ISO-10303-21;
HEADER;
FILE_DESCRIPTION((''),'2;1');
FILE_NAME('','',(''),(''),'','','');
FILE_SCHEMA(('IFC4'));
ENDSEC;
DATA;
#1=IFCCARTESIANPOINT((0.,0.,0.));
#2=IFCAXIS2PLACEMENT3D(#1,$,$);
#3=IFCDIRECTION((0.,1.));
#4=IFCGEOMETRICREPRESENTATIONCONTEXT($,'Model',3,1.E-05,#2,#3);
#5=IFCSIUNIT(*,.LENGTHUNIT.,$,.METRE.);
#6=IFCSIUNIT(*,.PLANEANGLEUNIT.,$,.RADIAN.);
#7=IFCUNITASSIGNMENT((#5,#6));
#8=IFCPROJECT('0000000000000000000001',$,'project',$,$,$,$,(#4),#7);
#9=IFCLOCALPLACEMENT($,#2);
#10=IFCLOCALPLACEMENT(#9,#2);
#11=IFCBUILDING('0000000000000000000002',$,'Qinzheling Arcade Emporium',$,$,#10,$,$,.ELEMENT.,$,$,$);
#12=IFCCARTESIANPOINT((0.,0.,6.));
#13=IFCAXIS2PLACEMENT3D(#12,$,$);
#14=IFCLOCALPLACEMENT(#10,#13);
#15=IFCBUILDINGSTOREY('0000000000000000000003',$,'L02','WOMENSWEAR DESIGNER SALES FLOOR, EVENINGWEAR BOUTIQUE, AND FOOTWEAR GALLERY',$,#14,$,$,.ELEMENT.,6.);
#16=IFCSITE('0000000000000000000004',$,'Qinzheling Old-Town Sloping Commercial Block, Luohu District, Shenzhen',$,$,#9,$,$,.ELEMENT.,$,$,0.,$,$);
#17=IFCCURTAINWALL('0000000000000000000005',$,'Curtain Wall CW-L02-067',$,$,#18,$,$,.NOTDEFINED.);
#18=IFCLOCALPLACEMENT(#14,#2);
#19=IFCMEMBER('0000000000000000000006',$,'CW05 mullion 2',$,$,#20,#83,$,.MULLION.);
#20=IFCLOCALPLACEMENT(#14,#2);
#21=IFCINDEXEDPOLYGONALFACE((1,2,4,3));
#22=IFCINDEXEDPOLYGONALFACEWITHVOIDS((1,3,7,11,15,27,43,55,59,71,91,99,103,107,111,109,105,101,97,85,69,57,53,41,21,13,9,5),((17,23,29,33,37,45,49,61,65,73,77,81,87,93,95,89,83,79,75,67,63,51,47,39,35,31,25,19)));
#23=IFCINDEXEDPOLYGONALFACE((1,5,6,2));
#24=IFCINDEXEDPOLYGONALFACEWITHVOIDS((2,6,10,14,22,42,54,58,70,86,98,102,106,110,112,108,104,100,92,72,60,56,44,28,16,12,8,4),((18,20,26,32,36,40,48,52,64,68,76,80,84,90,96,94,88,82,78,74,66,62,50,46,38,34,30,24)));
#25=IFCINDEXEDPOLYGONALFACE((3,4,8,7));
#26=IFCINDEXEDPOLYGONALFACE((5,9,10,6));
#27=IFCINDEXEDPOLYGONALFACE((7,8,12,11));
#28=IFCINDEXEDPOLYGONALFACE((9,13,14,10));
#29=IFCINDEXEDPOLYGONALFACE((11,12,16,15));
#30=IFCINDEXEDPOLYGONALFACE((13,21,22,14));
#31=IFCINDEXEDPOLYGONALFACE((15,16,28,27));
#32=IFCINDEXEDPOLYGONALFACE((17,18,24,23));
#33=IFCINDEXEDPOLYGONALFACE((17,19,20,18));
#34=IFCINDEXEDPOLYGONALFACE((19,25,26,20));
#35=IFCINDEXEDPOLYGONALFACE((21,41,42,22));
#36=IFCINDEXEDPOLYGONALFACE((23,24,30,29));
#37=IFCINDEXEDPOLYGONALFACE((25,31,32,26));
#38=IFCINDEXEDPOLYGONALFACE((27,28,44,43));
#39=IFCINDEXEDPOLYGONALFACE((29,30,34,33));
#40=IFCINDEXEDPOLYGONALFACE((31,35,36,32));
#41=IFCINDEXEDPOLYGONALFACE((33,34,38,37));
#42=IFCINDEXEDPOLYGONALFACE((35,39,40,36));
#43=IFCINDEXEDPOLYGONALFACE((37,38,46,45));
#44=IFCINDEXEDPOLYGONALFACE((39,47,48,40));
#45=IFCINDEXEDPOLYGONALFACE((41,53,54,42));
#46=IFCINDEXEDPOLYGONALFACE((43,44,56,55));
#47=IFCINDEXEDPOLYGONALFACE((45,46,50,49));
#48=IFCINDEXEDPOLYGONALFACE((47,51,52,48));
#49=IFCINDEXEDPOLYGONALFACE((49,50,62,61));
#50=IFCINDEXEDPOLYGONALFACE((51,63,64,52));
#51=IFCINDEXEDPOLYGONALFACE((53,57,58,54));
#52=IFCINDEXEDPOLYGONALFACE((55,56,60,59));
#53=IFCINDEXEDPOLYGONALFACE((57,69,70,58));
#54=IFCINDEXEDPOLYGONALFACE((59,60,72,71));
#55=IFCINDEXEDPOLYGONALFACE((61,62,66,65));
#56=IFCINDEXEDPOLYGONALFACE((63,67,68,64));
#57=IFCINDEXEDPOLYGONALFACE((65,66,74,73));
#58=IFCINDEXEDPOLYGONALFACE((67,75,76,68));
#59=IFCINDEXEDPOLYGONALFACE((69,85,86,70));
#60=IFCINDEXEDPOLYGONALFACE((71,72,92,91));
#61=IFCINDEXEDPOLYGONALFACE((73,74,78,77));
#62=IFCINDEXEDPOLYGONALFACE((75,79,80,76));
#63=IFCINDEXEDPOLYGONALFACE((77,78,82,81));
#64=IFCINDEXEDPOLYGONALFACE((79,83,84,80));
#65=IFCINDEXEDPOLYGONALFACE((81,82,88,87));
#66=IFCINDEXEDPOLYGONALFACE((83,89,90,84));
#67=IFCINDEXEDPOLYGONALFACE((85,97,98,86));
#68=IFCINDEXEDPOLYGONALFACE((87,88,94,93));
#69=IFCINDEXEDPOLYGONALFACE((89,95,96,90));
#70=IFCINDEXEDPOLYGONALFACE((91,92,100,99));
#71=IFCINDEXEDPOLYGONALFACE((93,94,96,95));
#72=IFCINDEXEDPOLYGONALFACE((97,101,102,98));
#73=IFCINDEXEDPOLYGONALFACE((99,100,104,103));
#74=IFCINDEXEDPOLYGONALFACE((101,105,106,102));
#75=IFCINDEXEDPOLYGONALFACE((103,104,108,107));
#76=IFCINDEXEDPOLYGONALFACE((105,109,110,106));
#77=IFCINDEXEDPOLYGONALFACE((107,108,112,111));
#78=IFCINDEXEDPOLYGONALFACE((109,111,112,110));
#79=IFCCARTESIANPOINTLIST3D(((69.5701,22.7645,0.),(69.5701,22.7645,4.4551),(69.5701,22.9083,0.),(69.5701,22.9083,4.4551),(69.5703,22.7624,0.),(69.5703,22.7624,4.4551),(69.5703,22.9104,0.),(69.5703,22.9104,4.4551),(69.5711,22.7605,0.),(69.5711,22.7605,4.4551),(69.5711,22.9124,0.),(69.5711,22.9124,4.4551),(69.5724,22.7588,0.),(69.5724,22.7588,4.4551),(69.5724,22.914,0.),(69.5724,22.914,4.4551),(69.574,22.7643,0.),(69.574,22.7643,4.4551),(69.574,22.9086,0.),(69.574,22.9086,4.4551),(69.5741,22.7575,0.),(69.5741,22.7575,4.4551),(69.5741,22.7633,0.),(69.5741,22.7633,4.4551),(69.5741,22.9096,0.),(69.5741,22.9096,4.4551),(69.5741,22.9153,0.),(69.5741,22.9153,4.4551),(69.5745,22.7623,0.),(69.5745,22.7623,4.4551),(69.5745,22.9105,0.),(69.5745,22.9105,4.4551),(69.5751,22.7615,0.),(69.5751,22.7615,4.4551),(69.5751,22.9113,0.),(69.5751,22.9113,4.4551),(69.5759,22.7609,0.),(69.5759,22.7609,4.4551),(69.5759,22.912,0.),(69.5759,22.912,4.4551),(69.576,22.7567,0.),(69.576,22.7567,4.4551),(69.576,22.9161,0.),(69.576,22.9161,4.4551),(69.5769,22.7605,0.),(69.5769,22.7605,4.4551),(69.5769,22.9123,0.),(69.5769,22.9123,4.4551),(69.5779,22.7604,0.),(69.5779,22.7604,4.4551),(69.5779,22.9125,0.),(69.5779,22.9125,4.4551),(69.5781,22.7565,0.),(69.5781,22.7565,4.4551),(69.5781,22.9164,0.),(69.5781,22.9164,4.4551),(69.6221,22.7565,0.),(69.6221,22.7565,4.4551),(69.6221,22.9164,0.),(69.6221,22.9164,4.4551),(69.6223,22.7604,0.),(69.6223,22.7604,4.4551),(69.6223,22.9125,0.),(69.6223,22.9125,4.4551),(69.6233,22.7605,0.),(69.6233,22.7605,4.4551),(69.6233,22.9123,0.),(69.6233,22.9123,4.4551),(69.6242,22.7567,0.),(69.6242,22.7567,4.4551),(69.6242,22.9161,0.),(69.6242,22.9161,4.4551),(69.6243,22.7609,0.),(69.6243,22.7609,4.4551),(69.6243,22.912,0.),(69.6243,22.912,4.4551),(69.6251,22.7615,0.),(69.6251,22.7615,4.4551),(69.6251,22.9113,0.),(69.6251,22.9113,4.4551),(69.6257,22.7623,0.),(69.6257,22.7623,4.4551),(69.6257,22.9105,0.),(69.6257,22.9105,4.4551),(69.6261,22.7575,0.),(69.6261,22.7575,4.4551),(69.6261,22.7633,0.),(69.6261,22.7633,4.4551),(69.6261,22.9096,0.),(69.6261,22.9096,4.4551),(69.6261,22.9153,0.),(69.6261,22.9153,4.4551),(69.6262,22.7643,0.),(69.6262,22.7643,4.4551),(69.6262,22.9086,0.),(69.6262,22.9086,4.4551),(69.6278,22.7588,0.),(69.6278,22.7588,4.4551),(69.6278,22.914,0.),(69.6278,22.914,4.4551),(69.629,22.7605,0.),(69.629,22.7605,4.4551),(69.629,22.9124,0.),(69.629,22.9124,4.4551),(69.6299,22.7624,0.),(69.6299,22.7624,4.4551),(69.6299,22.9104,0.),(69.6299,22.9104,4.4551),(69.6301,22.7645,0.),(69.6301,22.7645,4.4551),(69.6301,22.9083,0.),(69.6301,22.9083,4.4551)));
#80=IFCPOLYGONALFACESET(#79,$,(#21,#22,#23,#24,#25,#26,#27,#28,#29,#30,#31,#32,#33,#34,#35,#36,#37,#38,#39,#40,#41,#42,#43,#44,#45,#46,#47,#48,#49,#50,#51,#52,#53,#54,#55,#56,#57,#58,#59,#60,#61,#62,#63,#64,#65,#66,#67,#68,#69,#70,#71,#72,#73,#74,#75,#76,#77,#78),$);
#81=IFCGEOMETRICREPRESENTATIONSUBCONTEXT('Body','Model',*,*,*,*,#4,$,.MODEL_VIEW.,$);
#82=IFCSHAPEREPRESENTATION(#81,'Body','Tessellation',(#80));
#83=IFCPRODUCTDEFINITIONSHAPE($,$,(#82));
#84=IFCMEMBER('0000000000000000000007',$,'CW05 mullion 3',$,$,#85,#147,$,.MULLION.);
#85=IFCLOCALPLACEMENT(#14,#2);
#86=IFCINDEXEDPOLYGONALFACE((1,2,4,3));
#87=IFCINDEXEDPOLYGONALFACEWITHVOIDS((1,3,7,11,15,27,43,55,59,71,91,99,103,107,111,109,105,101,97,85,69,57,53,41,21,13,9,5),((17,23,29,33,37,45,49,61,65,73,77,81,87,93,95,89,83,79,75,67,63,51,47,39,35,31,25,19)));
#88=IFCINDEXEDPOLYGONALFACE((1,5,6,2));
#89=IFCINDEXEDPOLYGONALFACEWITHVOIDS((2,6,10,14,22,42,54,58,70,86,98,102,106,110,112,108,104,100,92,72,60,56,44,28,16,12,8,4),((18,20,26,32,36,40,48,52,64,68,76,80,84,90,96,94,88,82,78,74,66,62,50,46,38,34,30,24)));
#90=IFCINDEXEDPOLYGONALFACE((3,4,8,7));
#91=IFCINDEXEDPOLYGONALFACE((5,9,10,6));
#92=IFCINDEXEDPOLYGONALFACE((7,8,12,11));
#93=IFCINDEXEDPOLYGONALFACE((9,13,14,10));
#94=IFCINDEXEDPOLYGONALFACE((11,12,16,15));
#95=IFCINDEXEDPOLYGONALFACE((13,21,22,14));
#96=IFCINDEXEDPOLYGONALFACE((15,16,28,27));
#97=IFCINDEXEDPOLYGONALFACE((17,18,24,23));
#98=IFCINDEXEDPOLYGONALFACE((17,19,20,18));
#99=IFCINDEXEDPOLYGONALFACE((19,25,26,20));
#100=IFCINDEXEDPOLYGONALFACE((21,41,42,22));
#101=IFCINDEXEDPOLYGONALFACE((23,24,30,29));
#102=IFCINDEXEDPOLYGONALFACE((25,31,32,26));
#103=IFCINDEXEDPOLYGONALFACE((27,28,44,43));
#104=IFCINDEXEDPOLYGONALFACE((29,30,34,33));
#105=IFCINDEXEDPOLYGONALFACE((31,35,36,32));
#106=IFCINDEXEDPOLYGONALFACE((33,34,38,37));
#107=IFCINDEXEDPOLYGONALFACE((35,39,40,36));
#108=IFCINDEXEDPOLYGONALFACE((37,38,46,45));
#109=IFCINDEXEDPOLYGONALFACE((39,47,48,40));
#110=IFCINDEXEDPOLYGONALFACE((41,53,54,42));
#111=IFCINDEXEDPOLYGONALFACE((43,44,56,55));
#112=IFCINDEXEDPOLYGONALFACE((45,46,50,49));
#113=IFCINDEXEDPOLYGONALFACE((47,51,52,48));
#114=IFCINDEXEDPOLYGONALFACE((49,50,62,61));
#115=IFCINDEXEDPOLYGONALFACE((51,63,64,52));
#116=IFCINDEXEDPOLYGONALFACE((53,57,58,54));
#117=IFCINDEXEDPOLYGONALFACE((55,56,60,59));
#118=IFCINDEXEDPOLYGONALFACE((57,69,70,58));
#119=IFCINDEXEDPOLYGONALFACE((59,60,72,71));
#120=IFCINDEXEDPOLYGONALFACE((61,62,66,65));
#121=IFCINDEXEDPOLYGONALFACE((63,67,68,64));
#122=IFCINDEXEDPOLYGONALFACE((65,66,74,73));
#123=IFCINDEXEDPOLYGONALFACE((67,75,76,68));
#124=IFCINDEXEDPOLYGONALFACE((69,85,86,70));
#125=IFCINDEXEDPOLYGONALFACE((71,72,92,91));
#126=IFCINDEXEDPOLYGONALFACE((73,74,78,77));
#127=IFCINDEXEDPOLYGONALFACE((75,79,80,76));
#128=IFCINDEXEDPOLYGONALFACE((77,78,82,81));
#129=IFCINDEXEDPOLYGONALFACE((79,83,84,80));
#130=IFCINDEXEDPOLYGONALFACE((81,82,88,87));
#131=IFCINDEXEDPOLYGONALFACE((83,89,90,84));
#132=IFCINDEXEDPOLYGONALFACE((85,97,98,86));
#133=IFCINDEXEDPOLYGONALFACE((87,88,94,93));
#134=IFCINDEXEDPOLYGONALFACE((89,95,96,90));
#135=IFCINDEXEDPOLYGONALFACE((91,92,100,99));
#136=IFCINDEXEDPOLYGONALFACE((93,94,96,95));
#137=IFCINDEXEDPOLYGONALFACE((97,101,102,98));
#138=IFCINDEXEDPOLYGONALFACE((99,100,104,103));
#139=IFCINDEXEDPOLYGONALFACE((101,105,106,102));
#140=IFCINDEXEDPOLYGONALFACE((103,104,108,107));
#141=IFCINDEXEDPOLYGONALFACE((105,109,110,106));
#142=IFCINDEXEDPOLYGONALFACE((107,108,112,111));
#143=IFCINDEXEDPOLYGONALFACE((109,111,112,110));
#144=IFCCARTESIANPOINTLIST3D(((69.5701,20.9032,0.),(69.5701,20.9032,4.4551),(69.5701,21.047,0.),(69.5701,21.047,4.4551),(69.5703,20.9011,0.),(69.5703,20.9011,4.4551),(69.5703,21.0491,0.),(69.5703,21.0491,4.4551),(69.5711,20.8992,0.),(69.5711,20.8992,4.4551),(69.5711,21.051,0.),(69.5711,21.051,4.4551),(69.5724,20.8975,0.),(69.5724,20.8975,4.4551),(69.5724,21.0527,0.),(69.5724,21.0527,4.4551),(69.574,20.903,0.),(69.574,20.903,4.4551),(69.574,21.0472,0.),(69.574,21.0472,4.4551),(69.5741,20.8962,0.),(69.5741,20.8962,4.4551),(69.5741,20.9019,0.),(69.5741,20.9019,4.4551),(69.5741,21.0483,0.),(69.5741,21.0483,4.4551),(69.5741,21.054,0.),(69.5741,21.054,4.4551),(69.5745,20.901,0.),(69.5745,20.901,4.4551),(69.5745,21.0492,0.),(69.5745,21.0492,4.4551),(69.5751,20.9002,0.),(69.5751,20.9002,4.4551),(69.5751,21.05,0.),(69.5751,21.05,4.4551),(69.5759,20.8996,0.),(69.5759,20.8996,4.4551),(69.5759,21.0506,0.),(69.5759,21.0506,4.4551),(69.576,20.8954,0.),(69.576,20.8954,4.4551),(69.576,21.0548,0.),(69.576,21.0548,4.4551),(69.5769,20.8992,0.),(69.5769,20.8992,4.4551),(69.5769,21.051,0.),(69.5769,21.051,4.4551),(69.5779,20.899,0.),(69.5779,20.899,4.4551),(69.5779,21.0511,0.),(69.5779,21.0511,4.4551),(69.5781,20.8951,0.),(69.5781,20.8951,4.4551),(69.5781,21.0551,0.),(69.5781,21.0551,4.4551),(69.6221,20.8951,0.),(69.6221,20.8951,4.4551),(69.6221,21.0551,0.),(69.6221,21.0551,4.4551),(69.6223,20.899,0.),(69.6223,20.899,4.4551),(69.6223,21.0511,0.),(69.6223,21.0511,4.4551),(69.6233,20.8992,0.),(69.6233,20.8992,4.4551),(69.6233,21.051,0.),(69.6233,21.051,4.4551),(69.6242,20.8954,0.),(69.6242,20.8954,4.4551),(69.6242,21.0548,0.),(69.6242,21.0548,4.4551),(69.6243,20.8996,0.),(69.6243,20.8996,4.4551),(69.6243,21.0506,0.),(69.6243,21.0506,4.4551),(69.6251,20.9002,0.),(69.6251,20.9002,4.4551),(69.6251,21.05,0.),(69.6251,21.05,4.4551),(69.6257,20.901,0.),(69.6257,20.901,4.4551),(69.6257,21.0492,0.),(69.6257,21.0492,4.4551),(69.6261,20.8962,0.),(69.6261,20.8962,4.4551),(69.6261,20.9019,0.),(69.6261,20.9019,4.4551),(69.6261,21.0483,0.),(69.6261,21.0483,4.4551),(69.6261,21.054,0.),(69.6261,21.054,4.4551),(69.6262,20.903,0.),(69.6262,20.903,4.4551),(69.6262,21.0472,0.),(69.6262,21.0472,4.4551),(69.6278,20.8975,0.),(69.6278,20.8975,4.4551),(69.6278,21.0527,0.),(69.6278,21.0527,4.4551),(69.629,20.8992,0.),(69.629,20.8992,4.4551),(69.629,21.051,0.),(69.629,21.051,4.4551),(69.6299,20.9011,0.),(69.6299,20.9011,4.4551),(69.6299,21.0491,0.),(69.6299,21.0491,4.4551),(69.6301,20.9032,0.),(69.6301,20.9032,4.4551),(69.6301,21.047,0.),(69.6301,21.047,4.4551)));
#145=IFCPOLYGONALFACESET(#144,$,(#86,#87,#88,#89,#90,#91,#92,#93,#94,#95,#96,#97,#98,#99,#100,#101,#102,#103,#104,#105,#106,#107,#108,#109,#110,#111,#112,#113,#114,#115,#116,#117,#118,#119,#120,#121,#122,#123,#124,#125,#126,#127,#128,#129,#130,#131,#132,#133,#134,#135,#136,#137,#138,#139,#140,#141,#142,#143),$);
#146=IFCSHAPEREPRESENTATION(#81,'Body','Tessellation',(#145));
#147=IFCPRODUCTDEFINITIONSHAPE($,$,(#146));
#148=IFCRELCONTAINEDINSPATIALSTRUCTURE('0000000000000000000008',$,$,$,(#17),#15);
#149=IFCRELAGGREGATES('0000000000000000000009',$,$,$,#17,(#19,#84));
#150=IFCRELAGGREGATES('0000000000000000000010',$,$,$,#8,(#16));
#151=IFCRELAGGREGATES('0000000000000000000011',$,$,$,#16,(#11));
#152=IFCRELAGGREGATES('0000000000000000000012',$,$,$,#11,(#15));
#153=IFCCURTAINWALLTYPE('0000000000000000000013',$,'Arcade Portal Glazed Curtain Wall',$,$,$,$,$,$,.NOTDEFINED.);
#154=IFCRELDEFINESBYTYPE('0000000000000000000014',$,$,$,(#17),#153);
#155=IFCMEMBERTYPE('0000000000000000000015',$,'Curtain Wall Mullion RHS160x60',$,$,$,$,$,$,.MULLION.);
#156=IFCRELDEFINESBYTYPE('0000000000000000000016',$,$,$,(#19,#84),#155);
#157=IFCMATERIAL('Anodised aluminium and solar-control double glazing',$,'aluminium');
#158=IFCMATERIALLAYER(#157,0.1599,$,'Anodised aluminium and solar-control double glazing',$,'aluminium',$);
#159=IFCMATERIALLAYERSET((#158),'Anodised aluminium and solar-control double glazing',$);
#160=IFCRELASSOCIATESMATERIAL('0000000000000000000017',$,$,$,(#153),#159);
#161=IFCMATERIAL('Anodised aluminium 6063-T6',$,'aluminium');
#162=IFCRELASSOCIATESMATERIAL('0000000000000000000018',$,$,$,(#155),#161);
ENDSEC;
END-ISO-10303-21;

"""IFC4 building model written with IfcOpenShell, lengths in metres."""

from ifc_helpers import new_model, si_unit, direction, frame, origin, origin_2d, place, context, subcontext, project, spatial, hollow_rectangle, extrude, material, layer, layer_set, material_profile, profile_set, type_object, element, aggregate, save


model = new_model("IFC4")

# Units and contexts
model_context = context("Model", 3, precision=1e-05, world=origin(), true_north=direction((0.0, 1.0)))
body_context = subcontext(model_context, "Body", "Model", "MODEL_VIEW")
ifc_project = project(units=[si_unit("LENGTHUNIT", "METRE"), si_unit("PLANEANGLEUNIT", "RADIAN")], contexts=[model_context])

# Site, building, storey
site_placement = place(None, origin())
site = spatial("IfcSite", under=ifc_project, at=site_placement, Name="Qinzheling Old-Town Sloping Commercial Block, Luohu District, Shenzhen", CompositionType="ELEMENT", RefElevation=0.0)
building_placement = place(site_placement, origin())
building = spatial("IfcBuilding", under=site, at=building_placement, Name="Qinzheling Arcade Emporium", CompositionType="ELEMENT")
storey_placement = place(building_placement, frame((0.0, 0.0, 6.0)))
storey = spatial("IfcBuildingStorey", under=building, at=storey_placement, Name="L02", Description="WOMENSWEAR DESIGNER SALES FLOOR, EVENINGWEAR BOUTIQUE, AND FOOTWEAR GALLERY", CompositionType="ELEMENT", Elevation=6.0)

# Curtain wall, members
ifc_material_1 = material(Name="Anodised aluminium and solar-control double glazing", Category="aluminium")
ifc_layer_1 = layer(ifc_material_1, 0.1599, Name="Anodised aluminium and solar-control double glazing", Category="aluminium")
ifc_layer_set_1 = layer_set([ifc_layer_1], Name="Anodised aluminium and solar-control double glazing")
curtain_wall_type = type_object("IfcCurtainWallType", Name="Arcade Portal Glazed Curtain Wall", PredefinedType="NOTDEFINED", material=ifc_layer_set_1)
curtain_wall_placement = place(storey_placement, origin())
curtain_wall = element("IfcCurtainWall", 1, at=curtain_wall_placement, inside=storey, type_object=curtain_wall_type, Name="Curtain Wall CW-L02-067", PredefinedType="NOTDEFINED")
ifc_material_2 = material(Name="Anodised aluminium 6063-T6", Category="aluminium")
ifc_material_profile_1 = material_profile(ifc_material_2, hollow_rectangle(XDim=0.0601, YDim=0.1599, WallThickness=0.0039, InnerFilletRadius=0.0039, OuterFilletRadius=0.0081, at=origin_2d()), Name="RHS 160x60x4", Category="aluminium")
ifc_profile_set_1 = profile_set([ifc_material_profile_1], Name="Anodised aluminium 6063-T6")
member_type_1 = type_object("IfcMemberType", Name="Curtain Wall Mullion RHS160x60", PredefinedType="MULLION", material=ifc_profile_set_1)
member_1_placement = place(storey_placement, frame((69.6001, 22.8364, 0.0), z_axis=(0.0, 0.0, 1.0), x_axis=(1.0, 0.0, 0.0)))
member_1 = element("IfcMember", 2, at=member_1_placement, type_object=member_type_1, Name="CW05 mullion 2", PredefinedType="MULLION", context=body_context, shape_type="SweptSolid", body=[
    extrude(hollow_rectangle(XDim=0.0601, YDim=0.1599, WallThickness=0.0039, InnerFilletRadius=0.0039, OuterFilletRadius=0.0081, at=origin_2d()), origin(), (0.0, 0.0, 1.0), 4.4551),
])
member_2_placement = place(storey_placement, frame((69.6001, 20.9751, 0.0), z_axis=(0.0, 0.0, 1.0), x_axis=(1.0, 0.0, 0.0)))
member_2 = element("IfcMember", 3, at=member_2_placement, type_object=member_type_1, Name="CW05 mullion 3", PredefinedType="MULLION", context=body_context, shape_type="SweptSolid", body=[
    extrude(hollow_rectangle(XDim=0.0601, YDim=0.1599, WallThickness=0.0039, InnerFilletRadius=0.0039, OuterFilletRadius=0.0081, at=origin_2d()), origin(), (0.0, 0.0, 1.0), 4.4551),
])
aggregate(curtain_wall, [member_1, member_2])

save(model, "model.ifc")
